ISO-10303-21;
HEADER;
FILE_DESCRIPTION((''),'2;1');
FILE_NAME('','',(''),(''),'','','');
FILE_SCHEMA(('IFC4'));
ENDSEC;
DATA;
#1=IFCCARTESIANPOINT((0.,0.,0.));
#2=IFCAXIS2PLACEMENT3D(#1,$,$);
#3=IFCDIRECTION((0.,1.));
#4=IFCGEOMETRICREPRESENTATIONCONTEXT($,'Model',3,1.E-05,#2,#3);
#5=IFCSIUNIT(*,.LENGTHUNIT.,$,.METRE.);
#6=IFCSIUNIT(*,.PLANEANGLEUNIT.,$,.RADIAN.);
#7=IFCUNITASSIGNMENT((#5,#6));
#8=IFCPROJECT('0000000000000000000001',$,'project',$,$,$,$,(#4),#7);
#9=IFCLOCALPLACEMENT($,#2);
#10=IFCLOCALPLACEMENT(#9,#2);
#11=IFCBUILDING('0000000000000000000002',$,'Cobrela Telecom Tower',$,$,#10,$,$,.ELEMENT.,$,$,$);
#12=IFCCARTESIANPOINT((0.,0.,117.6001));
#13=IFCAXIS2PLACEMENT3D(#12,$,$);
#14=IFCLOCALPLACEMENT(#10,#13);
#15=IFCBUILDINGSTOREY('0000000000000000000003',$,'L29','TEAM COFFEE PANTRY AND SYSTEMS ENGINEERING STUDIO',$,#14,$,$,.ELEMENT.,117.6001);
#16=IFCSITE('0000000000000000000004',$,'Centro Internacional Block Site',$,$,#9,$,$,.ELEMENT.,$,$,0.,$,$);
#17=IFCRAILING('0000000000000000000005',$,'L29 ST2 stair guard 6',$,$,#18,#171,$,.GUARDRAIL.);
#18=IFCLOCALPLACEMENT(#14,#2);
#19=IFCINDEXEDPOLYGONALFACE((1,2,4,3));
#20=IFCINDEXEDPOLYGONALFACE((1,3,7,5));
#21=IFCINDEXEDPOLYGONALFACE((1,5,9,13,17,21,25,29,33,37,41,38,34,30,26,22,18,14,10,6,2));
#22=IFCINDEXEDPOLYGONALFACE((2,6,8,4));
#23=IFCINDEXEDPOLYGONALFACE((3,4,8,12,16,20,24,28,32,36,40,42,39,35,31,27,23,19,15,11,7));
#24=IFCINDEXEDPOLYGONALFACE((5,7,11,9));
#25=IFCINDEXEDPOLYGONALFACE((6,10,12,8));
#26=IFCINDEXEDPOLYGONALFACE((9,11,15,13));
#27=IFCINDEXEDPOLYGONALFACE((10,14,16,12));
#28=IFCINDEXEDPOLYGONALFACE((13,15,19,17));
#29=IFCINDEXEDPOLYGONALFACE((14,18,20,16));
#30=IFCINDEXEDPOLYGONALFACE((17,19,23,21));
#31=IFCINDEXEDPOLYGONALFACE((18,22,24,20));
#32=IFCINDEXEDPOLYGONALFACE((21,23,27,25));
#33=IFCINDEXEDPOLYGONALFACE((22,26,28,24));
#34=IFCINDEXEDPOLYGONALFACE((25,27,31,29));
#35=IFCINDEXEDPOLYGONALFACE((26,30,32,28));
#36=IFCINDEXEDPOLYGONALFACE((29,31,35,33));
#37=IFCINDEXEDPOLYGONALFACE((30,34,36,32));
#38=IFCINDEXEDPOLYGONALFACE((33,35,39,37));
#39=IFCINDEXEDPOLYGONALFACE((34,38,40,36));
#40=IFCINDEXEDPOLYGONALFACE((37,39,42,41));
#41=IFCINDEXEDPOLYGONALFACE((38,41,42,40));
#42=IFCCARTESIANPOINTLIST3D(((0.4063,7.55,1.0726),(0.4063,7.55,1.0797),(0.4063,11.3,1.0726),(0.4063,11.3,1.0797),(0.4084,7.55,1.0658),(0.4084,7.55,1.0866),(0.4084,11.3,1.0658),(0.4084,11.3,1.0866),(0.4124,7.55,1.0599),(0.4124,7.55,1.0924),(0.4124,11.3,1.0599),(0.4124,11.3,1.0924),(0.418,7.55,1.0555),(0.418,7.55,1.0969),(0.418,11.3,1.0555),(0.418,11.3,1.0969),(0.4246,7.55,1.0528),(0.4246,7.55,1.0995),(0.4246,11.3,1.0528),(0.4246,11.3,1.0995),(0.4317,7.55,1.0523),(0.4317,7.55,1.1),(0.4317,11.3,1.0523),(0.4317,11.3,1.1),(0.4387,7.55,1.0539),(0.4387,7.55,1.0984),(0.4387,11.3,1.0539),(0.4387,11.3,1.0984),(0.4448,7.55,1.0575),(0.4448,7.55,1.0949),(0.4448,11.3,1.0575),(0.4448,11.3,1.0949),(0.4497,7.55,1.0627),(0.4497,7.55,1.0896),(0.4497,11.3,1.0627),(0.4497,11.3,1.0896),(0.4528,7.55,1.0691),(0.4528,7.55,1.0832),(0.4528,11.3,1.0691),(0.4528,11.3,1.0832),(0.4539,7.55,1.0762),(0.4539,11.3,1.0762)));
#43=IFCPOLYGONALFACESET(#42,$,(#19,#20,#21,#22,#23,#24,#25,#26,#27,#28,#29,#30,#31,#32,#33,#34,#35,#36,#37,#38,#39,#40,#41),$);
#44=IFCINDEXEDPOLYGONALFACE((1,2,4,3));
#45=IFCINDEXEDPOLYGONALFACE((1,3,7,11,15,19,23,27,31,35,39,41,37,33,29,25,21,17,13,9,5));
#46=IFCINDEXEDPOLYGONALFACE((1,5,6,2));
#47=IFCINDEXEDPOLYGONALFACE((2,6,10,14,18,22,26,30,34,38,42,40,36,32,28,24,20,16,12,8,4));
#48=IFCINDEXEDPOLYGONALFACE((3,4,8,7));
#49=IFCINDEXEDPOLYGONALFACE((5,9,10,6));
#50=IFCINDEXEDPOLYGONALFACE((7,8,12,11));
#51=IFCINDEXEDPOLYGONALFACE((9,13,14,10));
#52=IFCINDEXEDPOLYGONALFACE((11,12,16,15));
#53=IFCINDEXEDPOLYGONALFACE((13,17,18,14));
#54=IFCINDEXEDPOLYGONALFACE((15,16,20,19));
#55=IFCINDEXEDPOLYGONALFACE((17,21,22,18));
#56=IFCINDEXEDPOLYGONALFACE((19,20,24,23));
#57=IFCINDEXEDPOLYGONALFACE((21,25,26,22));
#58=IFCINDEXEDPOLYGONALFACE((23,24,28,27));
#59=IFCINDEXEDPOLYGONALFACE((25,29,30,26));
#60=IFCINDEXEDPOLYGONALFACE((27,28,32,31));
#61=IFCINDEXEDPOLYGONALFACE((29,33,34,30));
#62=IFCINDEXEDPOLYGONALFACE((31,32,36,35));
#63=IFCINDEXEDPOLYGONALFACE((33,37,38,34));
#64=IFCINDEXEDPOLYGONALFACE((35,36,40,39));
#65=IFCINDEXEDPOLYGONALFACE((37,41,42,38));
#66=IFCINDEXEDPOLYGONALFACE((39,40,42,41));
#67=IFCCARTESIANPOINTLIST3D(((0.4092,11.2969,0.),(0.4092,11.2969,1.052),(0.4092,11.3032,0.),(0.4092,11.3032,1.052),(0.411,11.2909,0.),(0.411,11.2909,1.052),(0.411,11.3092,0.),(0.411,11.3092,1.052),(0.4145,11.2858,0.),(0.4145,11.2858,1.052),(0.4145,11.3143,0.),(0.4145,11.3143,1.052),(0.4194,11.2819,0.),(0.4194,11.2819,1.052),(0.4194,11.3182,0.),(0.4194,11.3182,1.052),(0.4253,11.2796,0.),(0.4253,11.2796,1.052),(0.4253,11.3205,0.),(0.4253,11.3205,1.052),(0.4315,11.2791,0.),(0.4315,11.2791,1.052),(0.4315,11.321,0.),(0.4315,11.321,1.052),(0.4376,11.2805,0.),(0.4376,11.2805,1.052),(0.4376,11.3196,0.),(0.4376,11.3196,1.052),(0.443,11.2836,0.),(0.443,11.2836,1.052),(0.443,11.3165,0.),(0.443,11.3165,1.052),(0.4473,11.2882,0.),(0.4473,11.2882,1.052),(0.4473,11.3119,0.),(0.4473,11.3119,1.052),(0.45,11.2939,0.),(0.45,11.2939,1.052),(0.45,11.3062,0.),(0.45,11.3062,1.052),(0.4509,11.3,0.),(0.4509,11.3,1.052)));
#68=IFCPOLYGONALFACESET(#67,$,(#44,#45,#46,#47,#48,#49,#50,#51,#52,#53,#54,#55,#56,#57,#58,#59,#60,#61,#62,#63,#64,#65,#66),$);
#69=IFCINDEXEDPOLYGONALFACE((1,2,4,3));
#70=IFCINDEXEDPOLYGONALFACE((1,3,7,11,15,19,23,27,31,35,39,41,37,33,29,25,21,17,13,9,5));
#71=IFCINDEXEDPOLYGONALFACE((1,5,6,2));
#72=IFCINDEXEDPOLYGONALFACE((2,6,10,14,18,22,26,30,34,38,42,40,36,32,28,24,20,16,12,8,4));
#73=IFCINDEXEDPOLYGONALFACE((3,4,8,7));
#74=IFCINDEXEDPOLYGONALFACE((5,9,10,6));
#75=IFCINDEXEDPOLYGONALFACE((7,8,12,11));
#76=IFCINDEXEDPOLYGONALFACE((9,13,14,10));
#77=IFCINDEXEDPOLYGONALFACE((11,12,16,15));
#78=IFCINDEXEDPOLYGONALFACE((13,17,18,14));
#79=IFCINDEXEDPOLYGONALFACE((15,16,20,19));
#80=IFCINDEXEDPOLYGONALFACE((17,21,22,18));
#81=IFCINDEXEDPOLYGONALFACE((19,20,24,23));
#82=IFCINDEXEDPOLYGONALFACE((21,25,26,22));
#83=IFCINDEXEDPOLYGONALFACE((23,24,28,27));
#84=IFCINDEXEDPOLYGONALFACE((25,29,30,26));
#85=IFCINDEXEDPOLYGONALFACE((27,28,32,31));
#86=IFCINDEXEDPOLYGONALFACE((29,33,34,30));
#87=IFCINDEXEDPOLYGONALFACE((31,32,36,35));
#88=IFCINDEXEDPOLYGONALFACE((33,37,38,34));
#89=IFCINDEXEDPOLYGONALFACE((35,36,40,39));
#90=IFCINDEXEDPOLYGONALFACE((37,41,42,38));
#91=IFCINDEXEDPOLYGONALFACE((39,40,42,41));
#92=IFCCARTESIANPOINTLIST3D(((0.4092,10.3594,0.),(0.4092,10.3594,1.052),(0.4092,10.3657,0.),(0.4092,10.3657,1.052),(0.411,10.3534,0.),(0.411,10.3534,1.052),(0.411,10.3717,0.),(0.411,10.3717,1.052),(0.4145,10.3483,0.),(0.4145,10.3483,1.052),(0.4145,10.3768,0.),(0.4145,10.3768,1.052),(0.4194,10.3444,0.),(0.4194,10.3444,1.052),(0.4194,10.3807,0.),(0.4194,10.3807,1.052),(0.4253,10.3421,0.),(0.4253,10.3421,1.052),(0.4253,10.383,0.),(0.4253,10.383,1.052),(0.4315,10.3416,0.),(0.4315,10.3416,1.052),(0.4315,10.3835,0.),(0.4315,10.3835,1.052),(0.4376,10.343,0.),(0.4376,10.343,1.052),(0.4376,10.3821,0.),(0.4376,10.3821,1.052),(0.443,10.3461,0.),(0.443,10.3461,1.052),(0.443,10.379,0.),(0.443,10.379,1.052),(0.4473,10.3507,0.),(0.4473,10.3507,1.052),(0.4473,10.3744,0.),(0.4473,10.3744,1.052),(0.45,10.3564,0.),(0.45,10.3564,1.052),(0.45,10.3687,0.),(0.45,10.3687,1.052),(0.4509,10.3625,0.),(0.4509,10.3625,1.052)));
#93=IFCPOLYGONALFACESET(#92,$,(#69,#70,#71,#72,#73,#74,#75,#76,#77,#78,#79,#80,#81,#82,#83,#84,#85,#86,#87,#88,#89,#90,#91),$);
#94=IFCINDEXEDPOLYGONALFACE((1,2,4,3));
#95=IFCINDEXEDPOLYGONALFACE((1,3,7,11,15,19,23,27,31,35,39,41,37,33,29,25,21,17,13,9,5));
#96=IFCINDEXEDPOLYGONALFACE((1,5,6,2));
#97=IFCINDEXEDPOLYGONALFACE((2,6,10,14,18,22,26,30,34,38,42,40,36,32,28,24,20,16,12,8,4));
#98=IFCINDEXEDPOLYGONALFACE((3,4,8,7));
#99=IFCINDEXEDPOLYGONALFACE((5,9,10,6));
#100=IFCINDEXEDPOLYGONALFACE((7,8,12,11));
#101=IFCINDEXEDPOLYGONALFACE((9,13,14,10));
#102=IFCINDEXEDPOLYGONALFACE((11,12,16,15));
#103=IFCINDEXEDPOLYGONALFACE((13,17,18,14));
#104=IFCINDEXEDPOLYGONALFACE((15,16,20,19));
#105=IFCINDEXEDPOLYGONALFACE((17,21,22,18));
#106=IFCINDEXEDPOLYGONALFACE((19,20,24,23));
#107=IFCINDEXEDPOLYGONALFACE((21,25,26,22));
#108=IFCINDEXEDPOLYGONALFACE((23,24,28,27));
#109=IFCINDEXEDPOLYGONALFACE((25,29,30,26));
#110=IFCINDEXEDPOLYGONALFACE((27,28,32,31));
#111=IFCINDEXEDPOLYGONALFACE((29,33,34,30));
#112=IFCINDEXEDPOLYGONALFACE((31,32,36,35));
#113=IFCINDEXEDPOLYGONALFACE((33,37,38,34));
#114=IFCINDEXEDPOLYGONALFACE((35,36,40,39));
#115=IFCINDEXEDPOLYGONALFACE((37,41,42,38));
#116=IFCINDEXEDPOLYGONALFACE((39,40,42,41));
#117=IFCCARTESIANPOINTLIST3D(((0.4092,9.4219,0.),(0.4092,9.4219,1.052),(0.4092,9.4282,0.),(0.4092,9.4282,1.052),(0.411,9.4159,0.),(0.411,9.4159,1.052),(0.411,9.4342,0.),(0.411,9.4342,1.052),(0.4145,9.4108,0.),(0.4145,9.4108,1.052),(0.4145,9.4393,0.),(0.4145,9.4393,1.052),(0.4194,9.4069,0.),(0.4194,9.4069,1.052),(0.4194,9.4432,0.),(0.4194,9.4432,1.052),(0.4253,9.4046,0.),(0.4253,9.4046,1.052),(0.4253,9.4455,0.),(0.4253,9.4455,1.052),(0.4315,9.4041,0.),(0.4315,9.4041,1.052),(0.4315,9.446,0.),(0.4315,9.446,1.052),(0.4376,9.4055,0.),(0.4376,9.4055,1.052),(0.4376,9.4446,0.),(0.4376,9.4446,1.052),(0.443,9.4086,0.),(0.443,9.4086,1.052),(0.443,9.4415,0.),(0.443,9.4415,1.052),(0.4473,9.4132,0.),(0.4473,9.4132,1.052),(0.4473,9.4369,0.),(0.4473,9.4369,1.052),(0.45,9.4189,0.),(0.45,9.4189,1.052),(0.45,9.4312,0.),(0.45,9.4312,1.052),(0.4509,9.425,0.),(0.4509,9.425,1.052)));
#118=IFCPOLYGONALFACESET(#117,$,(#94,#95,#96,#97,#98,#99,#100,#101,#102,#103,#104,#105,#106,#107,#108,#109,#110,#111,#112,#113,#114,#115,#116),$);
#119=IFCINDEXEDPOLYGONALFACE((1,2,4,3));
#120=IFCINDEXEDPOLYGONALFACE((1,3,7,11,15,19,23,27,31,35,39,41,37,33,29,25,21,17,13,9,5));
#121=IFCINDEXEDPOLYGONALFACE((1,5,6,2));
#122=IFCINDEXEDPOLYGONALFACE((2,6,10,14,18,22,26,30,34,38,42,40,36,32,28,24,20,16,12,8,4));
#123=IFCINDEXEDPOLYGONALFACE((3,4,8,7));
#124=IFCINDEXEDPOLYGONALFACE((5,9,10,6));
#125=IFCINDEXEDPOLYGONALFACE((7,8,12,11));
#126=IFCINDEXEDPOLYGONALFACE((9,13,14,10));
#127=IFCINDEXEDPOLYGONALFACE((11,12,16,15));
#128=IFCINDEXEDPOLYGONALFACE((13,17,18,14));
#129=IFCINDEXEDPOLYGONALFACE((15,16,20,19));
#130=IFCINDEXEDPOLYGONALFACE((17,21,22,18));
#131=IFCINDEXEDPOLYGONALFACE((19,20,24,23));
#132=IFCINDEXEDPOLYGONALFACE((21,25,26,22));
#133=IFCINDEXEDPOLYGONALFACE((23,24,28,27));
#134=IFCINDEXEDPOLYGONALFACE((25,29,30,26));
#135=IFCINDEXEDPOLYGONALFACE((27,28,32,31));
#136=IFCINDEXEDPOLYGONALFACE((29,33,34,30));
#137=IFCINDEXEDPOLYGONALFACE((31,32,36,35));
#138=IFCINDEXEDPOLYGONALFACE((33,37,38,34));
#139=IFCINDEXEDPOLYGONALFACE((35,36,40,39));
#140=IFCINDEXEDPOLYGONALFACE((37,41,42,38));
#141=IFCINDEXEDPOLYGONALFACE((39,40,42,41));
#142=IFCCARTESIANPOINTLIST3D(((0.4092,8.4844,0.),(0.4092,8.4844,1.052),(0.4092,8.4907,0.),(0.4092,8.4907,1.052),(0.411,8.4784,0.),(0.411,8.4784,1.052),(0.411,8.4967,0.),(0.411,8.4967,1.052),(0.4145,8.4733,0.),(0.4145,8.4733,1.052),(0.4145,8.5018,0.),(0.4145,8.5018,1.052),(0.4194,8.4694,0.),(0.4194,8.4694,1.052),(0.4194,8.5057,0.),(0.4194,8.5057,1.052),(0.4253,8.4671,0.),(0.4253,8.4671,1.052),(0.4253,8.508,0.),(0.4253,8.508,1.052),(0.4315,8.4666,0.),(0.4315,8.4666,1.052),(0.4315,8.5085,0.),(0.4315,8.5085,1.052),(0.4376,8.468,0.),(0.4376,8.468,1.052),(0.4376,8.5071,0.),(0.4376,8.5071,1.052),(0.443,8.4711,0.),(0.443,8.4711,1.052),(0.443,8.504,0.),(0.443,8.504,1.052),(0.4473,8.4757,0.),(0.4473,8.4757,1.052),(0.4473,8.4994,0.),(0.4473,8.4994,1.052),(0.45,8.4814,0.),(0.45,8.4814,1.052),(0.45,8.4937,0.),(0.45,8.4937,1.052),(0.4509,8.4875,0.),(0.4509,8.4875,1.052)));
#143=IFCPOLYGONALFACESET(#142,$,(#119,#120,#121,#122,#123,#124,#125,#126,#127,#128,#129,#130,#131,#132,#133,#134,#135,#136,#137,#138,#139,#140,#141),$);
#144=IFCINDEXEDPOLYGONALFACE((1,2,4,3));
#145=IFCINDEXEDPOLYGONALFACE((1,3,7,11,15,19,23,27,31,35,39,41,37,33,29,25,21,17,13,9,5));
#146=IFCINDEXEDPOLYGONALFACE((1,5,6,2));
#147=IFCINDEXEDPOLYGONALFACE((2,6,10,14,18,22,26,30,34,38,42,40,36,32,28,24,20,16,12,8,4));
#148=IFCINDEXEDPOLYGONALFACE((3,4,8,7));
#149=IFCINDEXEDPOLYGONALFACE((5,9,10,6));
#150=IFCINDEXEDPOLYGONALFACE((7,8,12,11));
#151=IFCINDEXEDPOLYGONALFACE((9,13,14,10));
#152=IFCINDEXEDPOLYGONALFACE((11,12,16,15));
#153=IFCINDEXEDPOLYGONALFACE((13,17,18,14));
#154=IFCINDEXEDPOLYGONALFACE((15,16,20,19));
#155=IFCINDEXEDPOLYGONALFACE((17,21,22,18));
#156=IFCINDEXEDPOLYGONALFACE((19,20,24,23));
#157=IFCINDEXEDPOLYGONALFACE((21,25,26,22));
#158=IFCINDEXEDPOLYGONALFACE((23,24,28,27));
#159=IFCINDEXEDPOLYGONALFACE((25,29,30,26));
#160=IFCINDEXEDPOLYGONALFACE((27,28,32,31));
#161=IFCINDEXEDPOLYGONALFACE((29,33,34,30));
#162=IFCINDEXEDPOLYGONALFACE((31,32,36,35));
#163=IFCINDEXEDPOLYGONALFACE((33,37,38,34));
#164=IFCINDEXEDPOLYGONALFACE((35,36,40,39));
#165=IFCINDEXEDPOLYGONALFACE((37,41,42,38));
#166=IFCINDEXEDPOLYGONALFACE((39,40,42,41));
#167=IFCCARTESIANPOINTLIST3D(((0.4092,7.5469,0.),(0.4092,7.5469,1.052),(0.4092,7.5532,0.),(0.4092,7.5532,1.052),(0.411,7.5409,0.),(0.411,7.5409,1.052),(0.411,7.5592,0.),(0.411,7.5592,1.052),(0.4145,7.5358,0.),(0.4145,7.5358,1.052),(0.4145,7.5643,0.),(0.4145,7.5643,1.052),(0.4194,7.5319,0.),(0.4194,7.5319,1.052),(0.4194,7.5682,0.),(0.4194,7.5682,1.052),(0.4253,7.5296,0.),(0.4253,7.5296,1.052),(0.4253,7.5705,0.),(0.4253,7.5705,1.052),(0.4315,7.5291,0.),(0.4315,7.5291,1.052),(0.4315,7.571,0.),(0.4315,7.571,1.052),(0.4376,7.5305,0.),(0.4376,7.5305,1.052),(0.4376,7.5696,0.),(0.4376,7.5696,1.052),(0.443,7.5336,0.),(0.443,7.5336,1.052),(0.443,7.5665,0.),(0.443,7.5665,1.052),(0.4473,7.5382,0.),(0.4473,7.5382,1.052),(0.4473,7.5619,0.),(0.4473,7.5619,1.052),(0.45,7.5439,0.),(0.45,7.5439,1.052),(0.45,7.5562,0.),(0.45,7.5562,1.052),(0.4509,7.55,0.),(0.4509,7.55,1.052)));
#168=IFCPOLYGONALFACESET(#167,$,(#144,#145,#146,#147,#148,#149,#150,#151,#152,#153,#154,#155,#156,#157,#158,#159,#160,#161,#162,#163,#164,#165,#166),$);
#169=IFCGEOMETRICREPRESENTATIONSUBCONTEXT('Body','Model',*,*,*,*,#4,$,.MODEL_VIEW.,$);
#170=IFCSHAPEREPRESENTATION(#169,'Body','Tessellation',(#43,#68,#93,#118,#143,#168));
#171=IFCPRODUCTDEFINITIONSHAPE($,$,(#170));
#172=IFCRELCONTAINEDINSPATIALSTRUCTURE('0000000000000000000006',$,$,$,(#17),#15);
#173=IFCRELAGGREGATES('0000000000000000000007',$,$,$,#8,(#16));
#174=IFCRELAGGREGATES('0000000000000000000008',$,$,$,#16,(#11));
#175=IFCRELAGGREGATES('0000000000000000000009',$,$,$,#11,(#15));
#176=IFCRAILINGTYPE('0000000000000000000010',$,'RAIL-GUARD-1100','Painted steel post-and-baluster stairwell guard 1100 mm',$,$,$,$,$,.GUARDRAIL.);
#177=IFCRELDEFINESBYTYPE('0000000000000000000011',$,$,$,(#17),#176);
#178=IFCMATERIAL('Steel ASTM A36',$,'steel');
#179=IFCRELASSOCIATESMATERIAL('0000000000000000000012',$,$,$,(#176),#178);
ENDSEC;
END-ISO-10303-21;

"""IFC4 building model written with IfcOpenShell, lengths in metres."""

from ifc_helpers import new_model, si_unit, direction, frame, origin, origin_2d, place, context, subcontext, project, spatial, circle, extrude, material, type_object, element, save


model = new_model("IFC4")

# Units and contexts
model_context = context("Model", 3, precision=1e-05, world=origin(), true_north=direction((0.0, 1.0)))
body_context = subcontext(model_context, "Body", "Model", "MODEL_VIEW")
ifc_project = project(units=[si_unit("LENGTHUNIT", "METRE"), si_unit("PLANEANGLEUNIT", "RADIAN")], contexts=[model_context])

# Site, building, storey
site_placement = place(None, origin())
site = spatial("IfcSite", under=ifc_project, at=site_placement, Name="Centro Internacional Block Site", CompositionType="ELEMENT", RefElevation=0.0)
building_placement = place(site_placement, origin())
building = spatial("IfcBuilding", under=site, at=building_placement, Name="Cobrela Telecom Tower", CompositionType="ELEMENT")
storey_placement = place(building_placement, frame((0.0, 0.0, 117.6001)))
storey = spatial("IfcBuildingStorey", under=building, at=storey_placement, Name="L29", Description="TEAM COFFEE PANTRY AND SYSTEMS ENGINEERING STUDIO", CompositionType="ELEMENT", Elevation=117.6001)

# Shared definitions
ifc_material_1 = material(Name="Steel ASTM A36", Category="steel")

# Railing
railing_type_1 = type_object("IfcRailingType", Name="RAIL-GUARD-1100", Description="Painted steel post-and-baluster stairwell guard 1100 mm", PredefinedType="GUARDRAIL", material=ifc_material_1)
railing_1_placement = place(storey_placement, frame((0.4299, 11.3, 0.0)))
element("IfcRailing", 1, at=railing_1_placement, inside=storey, type_object=railing_type_1, Name="L29 ST2 stair guard 6", PredefinedType="GUARDRAIL", context=body_context, shape_type="SweptSolid", body=[
    extrude(circle(Radius=0.0239, at=origin_2d()), frame((0.0, 0.0, 1.0762), z_axis=(0.0, -1.0, 0.0), x_axis=(1.0, 0.0, 0.0)), (0.0, 0.0, 1.0), 3.75),
    extrude(circle(Radius=0.021, at=origin_2d()), origin(), (0.0, 0.0, 1.0), 1.052),
    extrude(circle(Radius=0.021, at=origin_2d()), frame((0.0, -0.9375, 0.0)), (0.0, 0.0, 1.0), 1.052),
    extrude(circle(Radius=0.021, at=origin_2d()), frame((0.0, -1.875, 0.0)), (0.0, 0.0, 1.0), 1.052),
    extrude(circle(Radius=0.021, at=origin_2d()), frame((0.0, -2.8125, 0.0)), (0.0, 0.0, 1.0), 1.052),
    extrude(circle(Radius=0.021, at=origin_2d()), frame((0.0, -3.75, 0.0)), (0.0, 0.0, 1.0), 1.052),
])

save(model, "model.ifc")
